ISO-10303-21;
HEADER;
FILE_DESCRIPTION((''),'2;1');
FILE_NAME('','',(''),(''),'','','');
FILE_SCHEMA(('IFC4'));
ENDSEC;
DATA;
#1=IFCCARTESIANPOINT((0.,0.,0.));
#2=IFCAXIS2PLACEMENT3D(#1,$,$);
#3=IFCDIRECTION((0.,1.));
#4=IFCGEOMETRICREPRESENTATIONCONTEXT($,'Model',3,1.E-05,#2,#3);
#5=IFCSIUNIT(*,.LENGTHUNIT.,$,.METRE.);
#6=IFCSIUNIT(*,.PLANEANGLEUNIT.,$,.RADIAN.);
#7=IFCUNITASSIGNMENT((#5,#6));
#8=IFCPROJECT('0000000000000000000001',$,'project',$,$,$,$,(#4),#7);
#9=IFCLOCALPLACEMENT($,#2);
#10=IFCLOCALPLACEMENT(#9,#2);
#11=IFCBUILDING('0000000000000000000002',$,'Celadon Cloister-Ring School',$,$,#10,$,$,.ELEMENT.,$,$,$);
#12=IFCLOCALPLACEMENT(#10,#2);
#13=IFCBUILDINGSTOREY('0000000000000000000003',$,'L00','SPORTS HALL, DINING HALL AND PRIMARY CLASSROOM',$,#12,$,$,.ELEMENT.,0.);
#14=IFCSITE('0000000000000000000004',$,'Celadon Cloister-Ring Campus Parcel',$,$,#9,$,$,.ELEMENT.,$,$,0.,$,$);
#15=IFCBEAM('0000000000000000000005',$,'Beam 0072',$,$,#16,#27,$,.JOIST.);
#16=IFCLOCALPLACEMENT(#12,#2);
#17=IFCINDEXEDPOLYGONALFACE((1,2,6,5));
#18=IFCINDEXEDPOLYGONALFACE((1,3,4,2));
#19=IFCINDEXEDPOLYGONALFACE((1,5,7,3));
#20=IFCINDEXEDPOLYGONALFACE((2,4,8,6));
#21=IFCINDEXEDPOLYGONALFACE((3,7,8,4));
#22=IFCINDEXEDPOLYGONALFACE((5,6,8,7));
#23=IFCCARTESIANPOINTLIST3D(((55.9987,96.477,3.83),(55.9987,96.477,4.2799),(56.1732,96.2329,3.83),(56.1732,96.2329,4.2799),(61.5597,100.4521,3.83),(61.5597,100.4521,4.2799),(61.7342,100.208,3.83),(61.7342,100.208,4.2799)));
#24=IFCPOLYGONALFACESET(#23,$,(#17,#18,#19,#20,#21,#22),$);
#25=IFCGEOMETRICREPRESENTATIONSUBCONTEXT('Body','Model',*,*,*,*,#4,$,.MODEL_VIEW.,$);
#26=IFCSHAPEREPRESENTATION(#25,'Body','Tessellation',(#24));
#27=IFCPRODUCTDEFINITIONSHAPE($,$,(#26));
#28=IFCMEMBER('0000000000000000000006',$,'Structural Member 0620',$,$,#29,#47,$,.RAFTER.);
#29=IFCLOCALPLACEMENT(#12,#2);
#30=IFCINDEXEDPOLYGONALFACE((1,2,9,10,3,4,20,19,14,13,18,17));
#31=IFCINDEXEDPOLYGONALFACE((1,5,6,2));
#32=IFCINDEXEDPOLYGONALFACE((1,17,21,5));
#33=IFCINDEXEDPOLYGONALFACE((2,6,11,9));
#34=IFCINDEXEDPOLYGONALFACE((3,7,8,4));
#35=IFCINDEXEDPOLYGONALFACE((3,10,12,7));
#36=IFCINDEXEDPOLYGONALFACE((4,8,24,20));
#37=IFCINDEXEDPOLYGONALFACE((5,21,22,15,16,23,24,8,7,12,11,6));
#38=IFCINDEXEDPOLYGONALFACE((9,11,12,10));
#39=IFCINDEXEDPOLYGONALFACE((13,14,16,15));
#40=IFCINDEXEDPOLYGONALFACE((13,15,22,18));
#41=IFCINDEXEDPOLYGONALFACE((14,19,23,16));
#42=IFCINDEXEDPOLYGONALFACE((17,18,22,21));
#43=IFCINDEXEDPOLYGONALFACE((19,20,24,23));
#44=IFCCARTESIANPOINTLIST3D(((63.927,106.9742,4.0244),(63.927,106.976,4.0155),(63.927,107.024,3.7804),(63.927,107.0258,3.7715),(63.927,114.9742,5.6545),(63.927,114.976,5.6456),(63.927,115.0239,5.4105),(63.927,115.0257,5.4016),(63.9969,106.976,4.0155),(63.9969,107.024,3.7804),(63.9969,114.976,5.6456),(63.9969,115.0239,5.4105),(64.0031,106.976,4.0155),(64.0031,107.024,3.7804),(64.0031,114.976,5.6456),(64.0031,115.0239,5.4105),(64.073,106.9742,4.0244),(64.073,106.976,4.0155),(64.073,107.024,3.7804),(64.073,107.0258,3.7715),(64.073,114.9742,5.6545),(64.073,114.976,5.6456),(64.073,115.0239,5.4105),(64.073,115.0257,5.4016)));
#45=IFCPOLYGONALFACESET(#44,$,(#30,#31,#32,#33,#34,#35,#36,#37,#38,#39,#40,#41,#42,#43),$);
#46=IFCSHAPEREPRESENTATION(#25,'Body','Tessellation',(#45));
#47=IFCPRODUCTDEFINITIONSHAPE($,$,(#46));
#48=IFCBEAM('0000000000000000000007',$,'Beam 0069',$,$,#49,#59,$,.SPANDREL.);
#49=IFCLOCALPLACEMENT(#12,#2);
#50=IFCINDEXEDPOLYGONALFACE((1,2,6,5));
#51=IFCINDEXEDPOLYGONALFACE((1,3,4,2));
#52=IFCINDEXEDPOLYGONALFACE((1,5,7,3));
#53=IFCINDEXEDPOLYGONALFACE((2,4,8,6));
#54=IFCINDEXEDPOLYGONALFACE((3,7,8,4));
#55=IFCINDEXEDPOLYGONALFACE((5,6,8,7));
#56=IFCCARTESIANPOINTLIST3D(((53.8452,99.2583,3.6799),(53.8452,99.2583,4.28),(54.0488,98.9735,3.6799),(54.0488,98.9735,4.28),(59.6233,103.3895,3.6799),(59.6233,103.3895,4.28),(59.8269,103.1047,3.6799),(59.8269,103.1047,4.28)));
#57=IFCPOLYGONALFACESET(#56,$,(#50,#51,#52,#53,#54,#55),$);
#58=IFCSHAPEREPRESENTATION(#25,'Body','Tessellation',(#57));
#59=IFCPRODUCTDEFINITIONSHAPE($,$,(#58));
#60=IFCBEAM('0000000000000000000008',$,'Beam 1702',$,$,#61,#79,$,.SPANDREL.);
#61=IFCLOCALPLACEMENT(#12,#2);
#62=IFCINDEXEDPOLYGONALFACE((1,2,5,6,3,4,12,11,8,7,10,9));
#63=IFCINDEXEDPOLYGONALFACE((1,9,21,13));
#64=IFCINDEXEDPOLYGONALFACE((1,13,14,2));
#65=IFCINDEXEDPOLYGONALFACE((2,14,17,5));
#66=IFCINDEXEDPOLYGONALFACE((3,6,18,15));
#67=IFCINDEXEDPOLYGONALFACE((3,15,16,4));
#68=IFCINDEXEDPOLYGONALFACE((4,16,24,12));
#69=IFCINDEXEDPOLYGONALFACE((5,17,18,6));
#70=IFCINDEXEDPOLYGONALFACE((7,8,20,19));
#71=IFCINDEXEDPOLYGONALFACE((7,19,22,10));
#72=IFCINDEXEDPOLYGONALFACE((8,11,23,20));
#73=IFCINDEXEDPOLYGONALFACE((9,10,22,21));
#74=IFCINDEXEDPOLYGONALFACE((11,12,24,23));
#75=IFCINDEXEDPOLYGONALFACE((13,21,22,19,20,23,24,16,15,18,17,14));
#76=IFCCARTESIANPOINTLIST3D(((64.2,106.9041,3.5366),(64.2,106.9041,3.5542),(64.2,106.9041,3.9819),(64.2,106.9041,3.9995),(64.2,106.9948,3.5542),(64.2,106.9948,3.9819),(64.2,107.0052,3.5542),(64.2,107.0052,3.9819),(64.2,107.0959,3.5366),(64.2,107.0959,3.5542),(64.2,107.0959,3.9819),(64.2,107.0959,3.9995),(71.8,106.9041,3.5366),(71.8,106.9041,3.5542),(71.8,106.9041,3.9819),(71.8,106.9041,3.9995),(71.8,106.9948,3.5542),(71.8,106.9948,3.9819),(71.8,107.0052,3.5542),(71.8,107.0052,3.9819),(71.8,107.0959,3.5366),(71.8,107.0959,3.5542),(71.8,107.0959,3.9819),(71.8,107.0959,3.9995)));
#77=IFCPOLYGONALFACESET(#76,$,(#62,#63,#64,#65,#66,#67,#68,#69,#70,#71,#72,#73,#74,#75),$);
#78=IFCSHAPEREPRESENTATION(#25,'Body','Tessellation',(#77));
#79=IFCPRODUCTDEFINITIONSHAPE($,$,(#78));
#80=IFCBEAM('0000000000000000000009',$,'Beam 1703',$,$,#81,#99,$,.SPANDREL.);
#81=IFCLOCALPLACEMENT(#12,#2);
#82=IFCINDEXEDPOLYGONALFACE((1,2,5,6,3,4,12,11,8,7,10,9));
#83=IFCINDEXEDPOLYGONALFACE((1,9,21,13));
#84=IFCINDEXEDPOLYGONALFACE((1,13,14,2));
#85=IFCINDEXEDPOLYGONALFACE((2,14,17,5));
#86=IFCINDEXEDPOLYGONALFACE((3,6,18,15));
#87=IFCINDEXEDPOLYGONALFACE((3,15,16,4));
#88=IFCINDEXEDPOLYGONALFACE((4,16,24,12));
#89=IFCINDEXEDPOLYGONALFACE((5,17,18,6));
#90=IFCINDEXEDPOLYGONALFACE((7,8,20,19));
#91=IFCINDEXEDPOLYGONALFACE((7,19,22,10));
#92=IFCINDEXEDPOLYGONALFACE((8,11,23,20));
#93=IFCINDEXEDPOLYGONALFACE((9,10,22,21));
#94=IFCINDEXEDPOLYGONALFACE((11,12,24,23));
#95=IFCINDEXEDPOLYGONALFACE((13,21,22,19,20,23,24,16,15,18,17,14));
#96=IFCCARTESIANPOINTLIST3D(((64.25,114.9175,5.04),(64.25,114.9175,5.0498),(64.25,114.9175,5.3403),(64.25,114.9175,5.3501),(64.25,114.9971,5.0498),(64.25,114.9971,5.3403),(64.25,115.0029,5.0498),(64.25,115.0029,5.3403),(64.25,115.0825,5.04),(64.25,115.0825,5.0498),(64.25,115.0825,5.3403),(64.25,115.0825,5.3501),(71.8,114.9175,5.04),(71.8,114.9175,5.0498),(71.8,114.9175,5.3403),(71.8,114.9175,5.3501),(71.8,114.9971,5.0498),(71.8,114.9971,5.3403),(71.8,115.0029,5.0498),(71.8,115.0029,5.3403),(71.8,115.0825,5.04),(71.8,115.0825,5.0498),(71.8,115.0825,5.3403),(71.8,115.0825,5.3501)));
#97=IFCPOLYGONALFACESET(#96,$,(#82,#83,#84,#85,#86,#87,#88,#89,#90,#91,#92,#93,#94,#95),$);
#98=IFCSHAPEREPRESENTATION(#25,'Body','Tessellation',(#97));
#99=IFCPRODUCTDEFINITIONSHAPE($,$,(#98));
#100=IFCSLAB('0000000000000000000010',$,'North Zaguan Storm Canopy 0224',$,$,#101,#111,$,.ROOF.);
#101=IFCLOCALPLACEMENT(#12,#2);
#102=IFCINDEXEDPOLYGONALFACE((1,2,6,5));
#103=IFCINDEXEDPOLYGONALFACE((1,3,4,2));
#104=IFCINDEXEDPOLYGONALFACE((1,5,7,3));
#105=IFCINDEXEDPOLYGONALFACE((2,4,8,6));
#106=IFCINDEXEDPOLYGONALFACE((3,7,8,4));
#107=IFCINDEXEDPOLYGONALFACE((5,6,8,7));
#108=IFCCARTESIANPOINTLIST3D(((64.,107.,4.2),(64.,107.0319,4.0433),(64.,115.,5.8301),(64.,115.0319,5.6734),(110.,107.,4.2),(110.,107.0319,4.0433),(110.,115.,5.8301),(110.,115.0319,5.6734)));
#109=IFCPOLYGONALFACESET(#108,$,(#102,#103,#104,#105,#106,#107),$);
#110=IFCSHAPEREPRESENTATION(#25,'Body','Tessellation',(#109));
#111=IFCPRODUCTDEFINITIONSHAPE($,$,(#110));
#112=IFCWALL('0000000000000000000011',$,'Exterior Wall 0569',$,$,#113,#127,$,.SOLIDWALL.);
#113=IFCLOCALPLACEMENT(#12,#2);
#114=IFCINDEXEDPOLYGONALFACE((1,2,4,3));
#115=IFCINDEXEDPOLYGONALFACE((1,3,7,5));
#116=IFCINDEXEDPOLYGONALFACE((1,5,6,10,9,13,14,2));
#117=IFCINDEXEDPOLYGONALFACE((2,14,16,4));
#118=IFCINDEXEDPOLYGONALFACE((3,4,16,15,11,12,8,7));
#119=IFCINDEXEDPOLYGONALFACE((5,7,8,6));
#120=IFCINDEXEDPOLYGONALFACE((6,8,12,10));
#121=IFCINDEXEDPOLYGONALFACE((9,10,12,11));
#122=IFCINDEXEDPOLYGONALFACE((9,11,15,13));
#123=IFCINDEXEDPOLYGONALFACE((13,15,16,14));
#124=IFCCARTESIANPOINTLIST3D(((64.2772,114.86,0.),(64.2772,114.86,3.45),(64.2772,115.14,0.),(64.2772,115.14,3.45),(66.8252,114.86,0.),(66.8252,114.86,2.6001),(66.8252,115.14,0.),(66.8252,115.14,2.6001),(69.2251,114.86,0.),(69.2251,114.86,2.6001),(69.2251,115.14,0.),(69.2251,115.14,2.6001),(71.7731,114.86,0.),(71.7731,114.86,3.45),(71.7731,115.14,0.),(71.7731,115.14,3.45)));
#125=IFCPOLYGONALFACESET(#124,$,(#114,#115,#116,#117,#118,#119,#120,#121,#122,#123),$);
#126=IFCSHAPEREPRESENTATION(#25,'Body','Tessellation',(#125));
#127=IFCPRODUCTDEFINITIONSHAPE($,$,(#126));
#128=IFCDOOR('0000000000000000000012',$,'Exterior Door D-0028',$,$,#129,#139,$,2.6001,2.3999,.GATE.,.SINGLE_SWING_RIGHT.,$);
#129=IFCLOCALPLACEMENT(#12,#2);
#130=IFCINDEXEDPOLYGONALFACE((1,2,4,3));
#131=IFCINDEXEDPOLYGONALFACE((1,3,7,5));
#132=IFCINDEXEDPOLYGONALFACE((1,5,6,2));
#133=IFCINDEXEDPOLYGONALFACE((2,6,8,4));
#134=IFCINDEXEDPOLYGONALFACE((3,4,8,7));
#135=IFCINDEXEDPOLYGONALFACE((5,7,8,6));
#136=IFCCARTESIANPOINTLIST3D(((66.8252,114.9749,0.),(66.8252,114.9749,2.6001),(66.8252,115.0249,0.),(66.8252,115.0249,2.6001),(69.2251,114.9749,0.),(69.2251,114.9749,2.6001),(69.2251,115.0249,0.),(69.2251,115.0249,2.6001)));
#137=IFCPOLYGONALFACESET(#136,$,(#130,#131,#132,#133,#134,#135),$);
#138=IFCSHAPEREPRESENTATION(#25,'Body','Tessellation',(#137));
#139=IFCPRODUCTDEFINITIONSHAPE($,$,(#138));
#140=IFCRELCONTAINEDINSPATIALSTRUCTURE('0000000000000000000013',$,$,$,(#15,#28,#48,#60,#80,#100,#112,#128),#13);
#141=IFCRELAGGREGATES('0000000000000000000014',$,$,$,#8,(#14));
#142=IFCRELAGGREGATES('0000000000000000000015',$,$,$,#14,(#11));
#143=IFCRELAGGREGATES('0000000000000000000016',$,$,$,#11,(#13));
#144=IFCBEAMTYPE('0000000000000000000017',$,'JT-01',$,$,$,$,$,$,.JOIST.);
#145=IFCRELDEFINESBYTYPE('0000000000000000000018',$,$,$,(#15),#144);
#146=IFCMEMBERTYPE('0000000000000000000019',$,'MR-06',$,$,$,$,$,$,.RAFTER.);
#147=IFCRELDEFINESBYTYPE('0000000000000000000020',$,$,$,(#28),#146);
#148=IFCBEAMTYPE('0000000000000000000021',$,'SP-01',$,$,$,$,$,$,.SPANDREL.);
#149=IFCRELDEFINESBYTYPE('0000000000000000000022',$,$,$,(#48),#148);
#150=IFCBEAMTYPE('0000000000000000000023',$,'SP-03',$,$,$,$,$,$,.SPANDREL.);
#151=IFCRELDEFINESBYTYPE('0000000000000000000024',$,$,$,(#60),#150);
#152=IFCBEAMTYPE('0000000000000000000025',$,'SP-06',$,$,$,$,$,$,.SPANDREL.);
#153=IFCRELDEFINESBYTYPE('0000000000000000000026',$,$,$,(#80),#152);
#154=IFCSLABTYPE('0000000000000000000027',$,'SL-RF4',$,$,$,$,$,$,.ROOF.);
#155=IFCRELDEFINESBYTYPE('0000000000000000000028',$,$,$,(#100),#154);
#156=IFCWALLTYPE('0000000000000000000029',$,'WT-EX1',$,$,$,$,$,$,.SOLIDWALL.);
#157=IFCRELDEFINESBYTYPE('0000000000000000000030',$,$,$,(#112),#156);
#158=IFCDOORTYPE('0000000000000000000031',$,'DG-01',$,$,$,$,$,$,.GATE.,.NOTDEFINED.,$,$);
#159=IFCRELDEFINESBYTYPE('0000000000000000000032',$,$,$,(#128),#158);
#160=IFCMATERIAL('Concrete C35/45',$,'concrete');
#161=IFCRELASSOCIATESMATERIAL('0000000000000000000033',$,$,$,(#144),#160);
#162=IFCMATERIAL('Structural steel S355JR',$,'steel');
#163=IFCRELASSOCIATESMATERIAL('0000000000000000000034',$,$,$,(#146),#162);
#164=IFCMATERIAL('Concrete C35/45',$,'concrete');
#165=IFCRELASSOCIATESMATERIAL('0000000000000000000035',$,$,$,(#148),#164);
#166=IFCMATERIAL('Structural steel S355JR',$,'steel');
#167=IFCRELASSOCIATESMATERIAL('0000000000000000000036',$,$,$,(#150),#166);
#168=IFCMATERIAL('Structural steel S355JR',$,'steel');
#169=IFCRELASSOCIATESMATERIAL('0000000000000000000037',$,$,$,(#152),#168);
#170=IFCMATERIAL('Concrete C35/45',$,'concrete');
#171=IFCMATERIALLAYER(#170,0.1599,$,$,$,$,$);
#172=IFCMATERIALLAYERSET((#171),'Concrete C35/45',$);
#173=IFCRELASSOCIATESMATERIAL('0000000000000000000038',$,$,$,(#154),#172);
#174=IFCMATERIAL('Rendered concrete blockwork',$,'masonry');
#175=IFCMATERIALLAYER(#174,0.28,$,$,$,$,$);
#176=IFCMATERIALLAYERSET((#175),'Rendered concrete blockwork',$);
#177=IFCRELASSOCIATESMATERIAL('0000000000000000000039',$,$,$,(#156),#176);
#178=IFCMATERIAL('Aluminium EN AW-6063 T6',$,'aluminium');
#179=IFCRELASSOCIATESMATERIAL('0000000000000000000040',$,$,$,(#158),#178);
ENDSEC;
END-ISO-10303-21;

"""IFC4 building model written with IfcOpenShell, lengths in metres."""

from ifc_helpers import new_model, si_unit, direction, frame, frame_2d, origin, origin_2d, place, context, subcontext, project, spatial, polyline, rectangle, i_section, outline, extrude, material, layer, layer_set, material_profile, profile_set, type_object, element, fill, save


model = new_model("IFC4")

# Units and contexts
model_context = context("Model", 3, precision=1e-05, world=origin(), true_north=direction((0.0, 1.0)))
body_context = subcontext(model_context, "Body", "Model", "MODEL_VIEW")
ifc_project = project(units=[si_unit("LENGTHUNIT", "METRE"), si_unit("PLANEANGLEUNIT", "RADIAN")], contexts=[model_context])

# Site, building, storey
site_placement = place(None, origin())
site = spatial("IfcSite", under=ifc_project, at=site_placement, Name="Celadon Cloister-Ring Campus Parcel", CompositionType="ELEMENT", RefElevation=0.0)
building_placement = place(site_placement, origin())
building = spatial("IfcBuilding", under=site, at=building_placement, Name="Celadon Cloister-Ring School", CompositionType="ELEMENT")
storey_placement = place(building_placement, origin())
storey = spatial("IfcBuildingStorey", under=building, at=storey_placement, Name="L00", Description="SPORTS HALL, DINING HALL AND PRIMARY CLASSROOM", CompositionType="ELEMENT", Elevation=0.0)

# Beam
ifc_material_1 = material(Name="Concrete C35/45", Category="concrete")
ifc_material_profile_1 = material_profile(ifc_material_1, rectangle(XDim=0.3, YDim=0.45, at=origin_2d()), Name="RC300X450")
ifc_profile_set_1 = profile_set([ifc_material_profile_1], Name="Concrete C35/45")
beam_type_1 = type_object("IfcBeamType", Name="JT-01", PredefinedType="JOIST", material=ifc_profile_set_1)
beam_1_placement = place(storey_placement, frame((61.647, 100.3301, 4.0549), z_axis=(-0.813531, -0.581522, 0.0), x_axis=(0.581522, -0.813531, 0.0)))
element("IfcBeam", 1, at=beam_1_placement, inside=storey, type_object=beam_type_1, Name="Beam 0072", PredefinedType="JOIST", context=body_context, shape_type="SweptSolid", body=[
    extrude(rectangle(XDim=0.3, YDim=0.45, at=origin_2d()), origin(), (0.0, 0.0, 1.0), 6.8357),
])

# Member
ifc_material_2 = material(Name="Structural steel S355JR", Category="steel")
ifc_material_profile_2 = material_profile(ifc_material_2, i_section(OverallWidth=0.146, OverallDepth=0.2581, WebThickness=0.0061, FlangeThickness=0.009, at=origin_2d()), Name="W250X33")
ifc_profile_set_2 = profile_set([ifc_material_profile_2], Name="Structural steel S355JR")
member_type = type_object("IfcMemberType", Name="MR-06", PredefinedType="RAFTER", material=ifc_profile_set_2)
member_placement = place(storey_placement, frame((64.0, 107.0, 3.8979), z_axis=(0.0, 0.979865, 0.199663), x_axis=(-1.0, 0.0, 0.0)))
element("IfcMember", 2, at=member_placement, inside=storey, type_object=member_type, Name="Structural Member 0620", PredefinedType="RAFTER", context=body_context, shape_type="SweptSolid", body=[
    extrude(i_section(OverallWidth=0.146, OverallDepth=0.2581, WebThickness=0.0061, FlangeThickness=0.009, at=origin_2d()), origin(), (0.0, 0.0, 1.0), 8.1643),
])

# Beams
ifc_material_3 = material(Name="Concrete C35/45", Category="concrete")
ifc_material_profile_3 = material_profile(ifc_material_3, rectangle(XDim=0.3501, YDim=0.6001, at=origin_2d()), Name="RC350X600")
ifc_profile_set_3 = profile_set([ifc_material_profile_3], Name="Concrete C35/45")
beam_type_2 = type_object("IfcBeamType", Name="SP-01", PredefinedType="SPANDREL", material=ifc_profile_set_3)
beam_2_placement = place(storey_placement, frame((59.7251, 103.2471, 3.98), z_axis=(-0.813473, -0.581602, 0.0), x_axis=(0.581602, -0.813473, 0.0)))
element("IfcBeam", 3, at=beam_2_placement, inside=storey, type_object=beam_type_2, Name="Beam 0069", PredefinedType="SPANDREL", context=body_context, shape_type="SweptSolid", body=[
    extrude(rectangle(XDim=0.3501, YDim=0.6001, at=origin_2d()), origin(), (0.0, 0.0, 1.0), 7.103),
])
ifc_material_4 = material(Name="Structural steel S355JR", Category="steel")
ifc_material_profile_4 = material_profile(ifc_material_4, i_section(OverallWidth=0.1919, OverallDepth=0.4629, WebThickness=0.0105, FlangeThickness=0.0176, at=origin_2d()), Name="W460X89")
ifc_profile_set_4 = profile_set([ifc_material_profile_4], Name="Structural steel S355JR")
beam_type_3 = type_object("IfcBeamType", Name="SP-03", PredefinedType="SPANDREL", material=ifc_profile_set_4)
beam_3_placement = place(storey_placement, frame((64.2, 107.0, 3.7681), z_axis=(1.0, 0.0, 0.0), x_axis=(0.0, 1.0, 0.0)))
element("IfcBeam", 4, at=beam_3_placement, inside=storey, type_object=beam_type_3, Name="Beam 1702", PredefinedType="SPANDREL", context=body_context, shape_type="SweptSolid", body=[
    extrude(i_section(OverallWidth=0.1919, OverallDepth=0.4629, WebThickness=0.0105, FlangeThickness=0.0176, at=origin_2d()), origin(), (0.0, 0.0, 1.0), 7.6001),
])
ifc_material_5 = material(Name="Structural steel S355JR", Category="steel")
ifc_material_profile_5 = material_profile(ifc_material_5, i_section(OverallWidth=0.165, OverallDepth=0.3101, WebThickness=0.0059, FlangeThickness=0.0098, at=origin_2d()), Name="W310X39")
ifc_profile_set_5 = profile_set([ifc_material_profile_5], Name="Structural steel S355JR")
beam_type_4 = type_object("IfcBeamType", Name="SP-06", PredefinedType="SPANDREL", material=ifc_profile_set_5)
beam_4_placement = place(storey_placement, frame((64.25, 115.0, 5.1951), z_axis=(1.0, 0.0, 0.0), x_axis=(0.0, 1.0, 0.0)))
element("IfcBeam", 5, at=beam_4_placement, inside=storey, type_object=beam_type_4, Name="Beam 1703", PredefinedType="SPANDREL", context=body_context, shape_type="SweptSolid", body=[
    extrude(i_section(OverallWidth=0.165, OverallDepth=0.3101, WebThickness=0.0059, FlangeThickness=0.0098, at=origin_2d()), origin(), (0.0, 0.0, 1.0), 7.55),
])

# Slab
ifc_material_6 = material(Name="Concrete C35/45", Category="concrete")
ifc_layer_1 = layer(ifc_material_6, 0.1599)
ifc_layer_set_1 = layer_set([ifc_layer_1], Name="Concrete C35/45")
slab_type = type_object("IfcSlabType", Name="SL-RF4", PredefinedType="ROOF", material=ifc_layer_set_1)
slab_placement = place(storey_placement, frame((64.0, 107.0, 4.2), z_axis=(0.0, -0.199663, 0.979865), x_axis=(1.0, 0.0, 0.0)))
element("IfcSlab", 6, at=slab_placement, inside=storey, type_object=slab_type, Name="North Zaguan Storm Canopy 0224", PredefinedType="ROOF", context=body_context, shape_type="SweptSolid", body=[
    extrude(outline(polyline([(0.0, 0.0), (46.0, 0.0), (46.0, 8.1644), (0.0, 8.1644), (0.0, 0.0)])), origin(), (0.0, 0.0, -1.0), 0.1599),
])

# Wall, opening, door
ifc_material_7 = material(Name="Rendered concrete blockwork", Category="masonry")
ifc_layer_2 = layer(ifc_material_7, 0.28)
ifc_layer_set_2 = layer_set([ifc_layer_2], Name="Rendered concrete blockwork")
wall_type_1 = type_object("IfcWallType", Name="WT-EX1", PredefinedType="SOLIDWALL", material=ifc_layer_set_2)
wall_1_placement = place(storey_placement, frame((64.2771, 115.0, 0.0), z_axis=(0.0, 0.0, 1.0), x_axis=(1.0, 0.0, 0.0)))
wall_1 = element("IfcWall", 7, at=wall_1_placement, inside=storey, type_object=wall_type_1, Name="Exterior Wall 0569", PredefinedType="SOLIDWALL", context=body_context, shape_type="SweptSolid", body=[
    extrude(rectangle(XDim=7.4958, YDim=0.28, at=frame_2d((3.748, 0.0))), origin(), (0.0, 0.0, 1.0), 3.45),
])
opening_1_placement = place(wall_1_placement, frame((2.5481, 0.0, 0.0)))
opening_1 = element("IfcOpeningElement", 8, at=opening_1_placement, cuts=wall_1, PredefinedType="OPENING", context=body_context, shape_type="SweptSolid", body=[
    extrude(rectangle(XDim=2.3999, YDim=2.6001, at=frame_2d((1.2, 1.3))), frame((0.0, 0.1499, 0.0), z_axis=(0.0, -1.0, 0.0), x_axis=(1.0, 0.0, 0.0)), (0.0, 0.0, 1.0), 0.3),
])
ifc_material_8 = material(Name="Aluminium EN AW-6063 T6", Category="aluminium")
door_type_1 = type_object("IfcDoorType", Name="DG-01", OperationType="NOTDEFINED", PredefinedType="GATE", material=ifc_material_8)
door_1_placement = place(opening_1_placement, origin())
door_1 = element("IfcDoor", 9, at=door_1_placement, inside=storey, type_object=door_type_1, Name="Exterior Door D-0028", OperationType="SINGLE_SWING_RIGHT", OverallHeight=2.6001, OverallWidth=2.3999, PredefinedType="GATE", context=body_context, shape_type="SweptSolid", body=[
    extrude(rectangle(XDim=2.3999, YDim=2.6001, at=frame_2d((1.2, 1.3))), frame((0.0, 0.0249, 0.0), z_axis=(0.0, -1.0, 0.0), x_axis=(1.0, 0.0, 0.0)), (0.0, 0.0, 1.0), 0.05),
])
fill(opening_1, door_1)

save(model, "model.ifc")
